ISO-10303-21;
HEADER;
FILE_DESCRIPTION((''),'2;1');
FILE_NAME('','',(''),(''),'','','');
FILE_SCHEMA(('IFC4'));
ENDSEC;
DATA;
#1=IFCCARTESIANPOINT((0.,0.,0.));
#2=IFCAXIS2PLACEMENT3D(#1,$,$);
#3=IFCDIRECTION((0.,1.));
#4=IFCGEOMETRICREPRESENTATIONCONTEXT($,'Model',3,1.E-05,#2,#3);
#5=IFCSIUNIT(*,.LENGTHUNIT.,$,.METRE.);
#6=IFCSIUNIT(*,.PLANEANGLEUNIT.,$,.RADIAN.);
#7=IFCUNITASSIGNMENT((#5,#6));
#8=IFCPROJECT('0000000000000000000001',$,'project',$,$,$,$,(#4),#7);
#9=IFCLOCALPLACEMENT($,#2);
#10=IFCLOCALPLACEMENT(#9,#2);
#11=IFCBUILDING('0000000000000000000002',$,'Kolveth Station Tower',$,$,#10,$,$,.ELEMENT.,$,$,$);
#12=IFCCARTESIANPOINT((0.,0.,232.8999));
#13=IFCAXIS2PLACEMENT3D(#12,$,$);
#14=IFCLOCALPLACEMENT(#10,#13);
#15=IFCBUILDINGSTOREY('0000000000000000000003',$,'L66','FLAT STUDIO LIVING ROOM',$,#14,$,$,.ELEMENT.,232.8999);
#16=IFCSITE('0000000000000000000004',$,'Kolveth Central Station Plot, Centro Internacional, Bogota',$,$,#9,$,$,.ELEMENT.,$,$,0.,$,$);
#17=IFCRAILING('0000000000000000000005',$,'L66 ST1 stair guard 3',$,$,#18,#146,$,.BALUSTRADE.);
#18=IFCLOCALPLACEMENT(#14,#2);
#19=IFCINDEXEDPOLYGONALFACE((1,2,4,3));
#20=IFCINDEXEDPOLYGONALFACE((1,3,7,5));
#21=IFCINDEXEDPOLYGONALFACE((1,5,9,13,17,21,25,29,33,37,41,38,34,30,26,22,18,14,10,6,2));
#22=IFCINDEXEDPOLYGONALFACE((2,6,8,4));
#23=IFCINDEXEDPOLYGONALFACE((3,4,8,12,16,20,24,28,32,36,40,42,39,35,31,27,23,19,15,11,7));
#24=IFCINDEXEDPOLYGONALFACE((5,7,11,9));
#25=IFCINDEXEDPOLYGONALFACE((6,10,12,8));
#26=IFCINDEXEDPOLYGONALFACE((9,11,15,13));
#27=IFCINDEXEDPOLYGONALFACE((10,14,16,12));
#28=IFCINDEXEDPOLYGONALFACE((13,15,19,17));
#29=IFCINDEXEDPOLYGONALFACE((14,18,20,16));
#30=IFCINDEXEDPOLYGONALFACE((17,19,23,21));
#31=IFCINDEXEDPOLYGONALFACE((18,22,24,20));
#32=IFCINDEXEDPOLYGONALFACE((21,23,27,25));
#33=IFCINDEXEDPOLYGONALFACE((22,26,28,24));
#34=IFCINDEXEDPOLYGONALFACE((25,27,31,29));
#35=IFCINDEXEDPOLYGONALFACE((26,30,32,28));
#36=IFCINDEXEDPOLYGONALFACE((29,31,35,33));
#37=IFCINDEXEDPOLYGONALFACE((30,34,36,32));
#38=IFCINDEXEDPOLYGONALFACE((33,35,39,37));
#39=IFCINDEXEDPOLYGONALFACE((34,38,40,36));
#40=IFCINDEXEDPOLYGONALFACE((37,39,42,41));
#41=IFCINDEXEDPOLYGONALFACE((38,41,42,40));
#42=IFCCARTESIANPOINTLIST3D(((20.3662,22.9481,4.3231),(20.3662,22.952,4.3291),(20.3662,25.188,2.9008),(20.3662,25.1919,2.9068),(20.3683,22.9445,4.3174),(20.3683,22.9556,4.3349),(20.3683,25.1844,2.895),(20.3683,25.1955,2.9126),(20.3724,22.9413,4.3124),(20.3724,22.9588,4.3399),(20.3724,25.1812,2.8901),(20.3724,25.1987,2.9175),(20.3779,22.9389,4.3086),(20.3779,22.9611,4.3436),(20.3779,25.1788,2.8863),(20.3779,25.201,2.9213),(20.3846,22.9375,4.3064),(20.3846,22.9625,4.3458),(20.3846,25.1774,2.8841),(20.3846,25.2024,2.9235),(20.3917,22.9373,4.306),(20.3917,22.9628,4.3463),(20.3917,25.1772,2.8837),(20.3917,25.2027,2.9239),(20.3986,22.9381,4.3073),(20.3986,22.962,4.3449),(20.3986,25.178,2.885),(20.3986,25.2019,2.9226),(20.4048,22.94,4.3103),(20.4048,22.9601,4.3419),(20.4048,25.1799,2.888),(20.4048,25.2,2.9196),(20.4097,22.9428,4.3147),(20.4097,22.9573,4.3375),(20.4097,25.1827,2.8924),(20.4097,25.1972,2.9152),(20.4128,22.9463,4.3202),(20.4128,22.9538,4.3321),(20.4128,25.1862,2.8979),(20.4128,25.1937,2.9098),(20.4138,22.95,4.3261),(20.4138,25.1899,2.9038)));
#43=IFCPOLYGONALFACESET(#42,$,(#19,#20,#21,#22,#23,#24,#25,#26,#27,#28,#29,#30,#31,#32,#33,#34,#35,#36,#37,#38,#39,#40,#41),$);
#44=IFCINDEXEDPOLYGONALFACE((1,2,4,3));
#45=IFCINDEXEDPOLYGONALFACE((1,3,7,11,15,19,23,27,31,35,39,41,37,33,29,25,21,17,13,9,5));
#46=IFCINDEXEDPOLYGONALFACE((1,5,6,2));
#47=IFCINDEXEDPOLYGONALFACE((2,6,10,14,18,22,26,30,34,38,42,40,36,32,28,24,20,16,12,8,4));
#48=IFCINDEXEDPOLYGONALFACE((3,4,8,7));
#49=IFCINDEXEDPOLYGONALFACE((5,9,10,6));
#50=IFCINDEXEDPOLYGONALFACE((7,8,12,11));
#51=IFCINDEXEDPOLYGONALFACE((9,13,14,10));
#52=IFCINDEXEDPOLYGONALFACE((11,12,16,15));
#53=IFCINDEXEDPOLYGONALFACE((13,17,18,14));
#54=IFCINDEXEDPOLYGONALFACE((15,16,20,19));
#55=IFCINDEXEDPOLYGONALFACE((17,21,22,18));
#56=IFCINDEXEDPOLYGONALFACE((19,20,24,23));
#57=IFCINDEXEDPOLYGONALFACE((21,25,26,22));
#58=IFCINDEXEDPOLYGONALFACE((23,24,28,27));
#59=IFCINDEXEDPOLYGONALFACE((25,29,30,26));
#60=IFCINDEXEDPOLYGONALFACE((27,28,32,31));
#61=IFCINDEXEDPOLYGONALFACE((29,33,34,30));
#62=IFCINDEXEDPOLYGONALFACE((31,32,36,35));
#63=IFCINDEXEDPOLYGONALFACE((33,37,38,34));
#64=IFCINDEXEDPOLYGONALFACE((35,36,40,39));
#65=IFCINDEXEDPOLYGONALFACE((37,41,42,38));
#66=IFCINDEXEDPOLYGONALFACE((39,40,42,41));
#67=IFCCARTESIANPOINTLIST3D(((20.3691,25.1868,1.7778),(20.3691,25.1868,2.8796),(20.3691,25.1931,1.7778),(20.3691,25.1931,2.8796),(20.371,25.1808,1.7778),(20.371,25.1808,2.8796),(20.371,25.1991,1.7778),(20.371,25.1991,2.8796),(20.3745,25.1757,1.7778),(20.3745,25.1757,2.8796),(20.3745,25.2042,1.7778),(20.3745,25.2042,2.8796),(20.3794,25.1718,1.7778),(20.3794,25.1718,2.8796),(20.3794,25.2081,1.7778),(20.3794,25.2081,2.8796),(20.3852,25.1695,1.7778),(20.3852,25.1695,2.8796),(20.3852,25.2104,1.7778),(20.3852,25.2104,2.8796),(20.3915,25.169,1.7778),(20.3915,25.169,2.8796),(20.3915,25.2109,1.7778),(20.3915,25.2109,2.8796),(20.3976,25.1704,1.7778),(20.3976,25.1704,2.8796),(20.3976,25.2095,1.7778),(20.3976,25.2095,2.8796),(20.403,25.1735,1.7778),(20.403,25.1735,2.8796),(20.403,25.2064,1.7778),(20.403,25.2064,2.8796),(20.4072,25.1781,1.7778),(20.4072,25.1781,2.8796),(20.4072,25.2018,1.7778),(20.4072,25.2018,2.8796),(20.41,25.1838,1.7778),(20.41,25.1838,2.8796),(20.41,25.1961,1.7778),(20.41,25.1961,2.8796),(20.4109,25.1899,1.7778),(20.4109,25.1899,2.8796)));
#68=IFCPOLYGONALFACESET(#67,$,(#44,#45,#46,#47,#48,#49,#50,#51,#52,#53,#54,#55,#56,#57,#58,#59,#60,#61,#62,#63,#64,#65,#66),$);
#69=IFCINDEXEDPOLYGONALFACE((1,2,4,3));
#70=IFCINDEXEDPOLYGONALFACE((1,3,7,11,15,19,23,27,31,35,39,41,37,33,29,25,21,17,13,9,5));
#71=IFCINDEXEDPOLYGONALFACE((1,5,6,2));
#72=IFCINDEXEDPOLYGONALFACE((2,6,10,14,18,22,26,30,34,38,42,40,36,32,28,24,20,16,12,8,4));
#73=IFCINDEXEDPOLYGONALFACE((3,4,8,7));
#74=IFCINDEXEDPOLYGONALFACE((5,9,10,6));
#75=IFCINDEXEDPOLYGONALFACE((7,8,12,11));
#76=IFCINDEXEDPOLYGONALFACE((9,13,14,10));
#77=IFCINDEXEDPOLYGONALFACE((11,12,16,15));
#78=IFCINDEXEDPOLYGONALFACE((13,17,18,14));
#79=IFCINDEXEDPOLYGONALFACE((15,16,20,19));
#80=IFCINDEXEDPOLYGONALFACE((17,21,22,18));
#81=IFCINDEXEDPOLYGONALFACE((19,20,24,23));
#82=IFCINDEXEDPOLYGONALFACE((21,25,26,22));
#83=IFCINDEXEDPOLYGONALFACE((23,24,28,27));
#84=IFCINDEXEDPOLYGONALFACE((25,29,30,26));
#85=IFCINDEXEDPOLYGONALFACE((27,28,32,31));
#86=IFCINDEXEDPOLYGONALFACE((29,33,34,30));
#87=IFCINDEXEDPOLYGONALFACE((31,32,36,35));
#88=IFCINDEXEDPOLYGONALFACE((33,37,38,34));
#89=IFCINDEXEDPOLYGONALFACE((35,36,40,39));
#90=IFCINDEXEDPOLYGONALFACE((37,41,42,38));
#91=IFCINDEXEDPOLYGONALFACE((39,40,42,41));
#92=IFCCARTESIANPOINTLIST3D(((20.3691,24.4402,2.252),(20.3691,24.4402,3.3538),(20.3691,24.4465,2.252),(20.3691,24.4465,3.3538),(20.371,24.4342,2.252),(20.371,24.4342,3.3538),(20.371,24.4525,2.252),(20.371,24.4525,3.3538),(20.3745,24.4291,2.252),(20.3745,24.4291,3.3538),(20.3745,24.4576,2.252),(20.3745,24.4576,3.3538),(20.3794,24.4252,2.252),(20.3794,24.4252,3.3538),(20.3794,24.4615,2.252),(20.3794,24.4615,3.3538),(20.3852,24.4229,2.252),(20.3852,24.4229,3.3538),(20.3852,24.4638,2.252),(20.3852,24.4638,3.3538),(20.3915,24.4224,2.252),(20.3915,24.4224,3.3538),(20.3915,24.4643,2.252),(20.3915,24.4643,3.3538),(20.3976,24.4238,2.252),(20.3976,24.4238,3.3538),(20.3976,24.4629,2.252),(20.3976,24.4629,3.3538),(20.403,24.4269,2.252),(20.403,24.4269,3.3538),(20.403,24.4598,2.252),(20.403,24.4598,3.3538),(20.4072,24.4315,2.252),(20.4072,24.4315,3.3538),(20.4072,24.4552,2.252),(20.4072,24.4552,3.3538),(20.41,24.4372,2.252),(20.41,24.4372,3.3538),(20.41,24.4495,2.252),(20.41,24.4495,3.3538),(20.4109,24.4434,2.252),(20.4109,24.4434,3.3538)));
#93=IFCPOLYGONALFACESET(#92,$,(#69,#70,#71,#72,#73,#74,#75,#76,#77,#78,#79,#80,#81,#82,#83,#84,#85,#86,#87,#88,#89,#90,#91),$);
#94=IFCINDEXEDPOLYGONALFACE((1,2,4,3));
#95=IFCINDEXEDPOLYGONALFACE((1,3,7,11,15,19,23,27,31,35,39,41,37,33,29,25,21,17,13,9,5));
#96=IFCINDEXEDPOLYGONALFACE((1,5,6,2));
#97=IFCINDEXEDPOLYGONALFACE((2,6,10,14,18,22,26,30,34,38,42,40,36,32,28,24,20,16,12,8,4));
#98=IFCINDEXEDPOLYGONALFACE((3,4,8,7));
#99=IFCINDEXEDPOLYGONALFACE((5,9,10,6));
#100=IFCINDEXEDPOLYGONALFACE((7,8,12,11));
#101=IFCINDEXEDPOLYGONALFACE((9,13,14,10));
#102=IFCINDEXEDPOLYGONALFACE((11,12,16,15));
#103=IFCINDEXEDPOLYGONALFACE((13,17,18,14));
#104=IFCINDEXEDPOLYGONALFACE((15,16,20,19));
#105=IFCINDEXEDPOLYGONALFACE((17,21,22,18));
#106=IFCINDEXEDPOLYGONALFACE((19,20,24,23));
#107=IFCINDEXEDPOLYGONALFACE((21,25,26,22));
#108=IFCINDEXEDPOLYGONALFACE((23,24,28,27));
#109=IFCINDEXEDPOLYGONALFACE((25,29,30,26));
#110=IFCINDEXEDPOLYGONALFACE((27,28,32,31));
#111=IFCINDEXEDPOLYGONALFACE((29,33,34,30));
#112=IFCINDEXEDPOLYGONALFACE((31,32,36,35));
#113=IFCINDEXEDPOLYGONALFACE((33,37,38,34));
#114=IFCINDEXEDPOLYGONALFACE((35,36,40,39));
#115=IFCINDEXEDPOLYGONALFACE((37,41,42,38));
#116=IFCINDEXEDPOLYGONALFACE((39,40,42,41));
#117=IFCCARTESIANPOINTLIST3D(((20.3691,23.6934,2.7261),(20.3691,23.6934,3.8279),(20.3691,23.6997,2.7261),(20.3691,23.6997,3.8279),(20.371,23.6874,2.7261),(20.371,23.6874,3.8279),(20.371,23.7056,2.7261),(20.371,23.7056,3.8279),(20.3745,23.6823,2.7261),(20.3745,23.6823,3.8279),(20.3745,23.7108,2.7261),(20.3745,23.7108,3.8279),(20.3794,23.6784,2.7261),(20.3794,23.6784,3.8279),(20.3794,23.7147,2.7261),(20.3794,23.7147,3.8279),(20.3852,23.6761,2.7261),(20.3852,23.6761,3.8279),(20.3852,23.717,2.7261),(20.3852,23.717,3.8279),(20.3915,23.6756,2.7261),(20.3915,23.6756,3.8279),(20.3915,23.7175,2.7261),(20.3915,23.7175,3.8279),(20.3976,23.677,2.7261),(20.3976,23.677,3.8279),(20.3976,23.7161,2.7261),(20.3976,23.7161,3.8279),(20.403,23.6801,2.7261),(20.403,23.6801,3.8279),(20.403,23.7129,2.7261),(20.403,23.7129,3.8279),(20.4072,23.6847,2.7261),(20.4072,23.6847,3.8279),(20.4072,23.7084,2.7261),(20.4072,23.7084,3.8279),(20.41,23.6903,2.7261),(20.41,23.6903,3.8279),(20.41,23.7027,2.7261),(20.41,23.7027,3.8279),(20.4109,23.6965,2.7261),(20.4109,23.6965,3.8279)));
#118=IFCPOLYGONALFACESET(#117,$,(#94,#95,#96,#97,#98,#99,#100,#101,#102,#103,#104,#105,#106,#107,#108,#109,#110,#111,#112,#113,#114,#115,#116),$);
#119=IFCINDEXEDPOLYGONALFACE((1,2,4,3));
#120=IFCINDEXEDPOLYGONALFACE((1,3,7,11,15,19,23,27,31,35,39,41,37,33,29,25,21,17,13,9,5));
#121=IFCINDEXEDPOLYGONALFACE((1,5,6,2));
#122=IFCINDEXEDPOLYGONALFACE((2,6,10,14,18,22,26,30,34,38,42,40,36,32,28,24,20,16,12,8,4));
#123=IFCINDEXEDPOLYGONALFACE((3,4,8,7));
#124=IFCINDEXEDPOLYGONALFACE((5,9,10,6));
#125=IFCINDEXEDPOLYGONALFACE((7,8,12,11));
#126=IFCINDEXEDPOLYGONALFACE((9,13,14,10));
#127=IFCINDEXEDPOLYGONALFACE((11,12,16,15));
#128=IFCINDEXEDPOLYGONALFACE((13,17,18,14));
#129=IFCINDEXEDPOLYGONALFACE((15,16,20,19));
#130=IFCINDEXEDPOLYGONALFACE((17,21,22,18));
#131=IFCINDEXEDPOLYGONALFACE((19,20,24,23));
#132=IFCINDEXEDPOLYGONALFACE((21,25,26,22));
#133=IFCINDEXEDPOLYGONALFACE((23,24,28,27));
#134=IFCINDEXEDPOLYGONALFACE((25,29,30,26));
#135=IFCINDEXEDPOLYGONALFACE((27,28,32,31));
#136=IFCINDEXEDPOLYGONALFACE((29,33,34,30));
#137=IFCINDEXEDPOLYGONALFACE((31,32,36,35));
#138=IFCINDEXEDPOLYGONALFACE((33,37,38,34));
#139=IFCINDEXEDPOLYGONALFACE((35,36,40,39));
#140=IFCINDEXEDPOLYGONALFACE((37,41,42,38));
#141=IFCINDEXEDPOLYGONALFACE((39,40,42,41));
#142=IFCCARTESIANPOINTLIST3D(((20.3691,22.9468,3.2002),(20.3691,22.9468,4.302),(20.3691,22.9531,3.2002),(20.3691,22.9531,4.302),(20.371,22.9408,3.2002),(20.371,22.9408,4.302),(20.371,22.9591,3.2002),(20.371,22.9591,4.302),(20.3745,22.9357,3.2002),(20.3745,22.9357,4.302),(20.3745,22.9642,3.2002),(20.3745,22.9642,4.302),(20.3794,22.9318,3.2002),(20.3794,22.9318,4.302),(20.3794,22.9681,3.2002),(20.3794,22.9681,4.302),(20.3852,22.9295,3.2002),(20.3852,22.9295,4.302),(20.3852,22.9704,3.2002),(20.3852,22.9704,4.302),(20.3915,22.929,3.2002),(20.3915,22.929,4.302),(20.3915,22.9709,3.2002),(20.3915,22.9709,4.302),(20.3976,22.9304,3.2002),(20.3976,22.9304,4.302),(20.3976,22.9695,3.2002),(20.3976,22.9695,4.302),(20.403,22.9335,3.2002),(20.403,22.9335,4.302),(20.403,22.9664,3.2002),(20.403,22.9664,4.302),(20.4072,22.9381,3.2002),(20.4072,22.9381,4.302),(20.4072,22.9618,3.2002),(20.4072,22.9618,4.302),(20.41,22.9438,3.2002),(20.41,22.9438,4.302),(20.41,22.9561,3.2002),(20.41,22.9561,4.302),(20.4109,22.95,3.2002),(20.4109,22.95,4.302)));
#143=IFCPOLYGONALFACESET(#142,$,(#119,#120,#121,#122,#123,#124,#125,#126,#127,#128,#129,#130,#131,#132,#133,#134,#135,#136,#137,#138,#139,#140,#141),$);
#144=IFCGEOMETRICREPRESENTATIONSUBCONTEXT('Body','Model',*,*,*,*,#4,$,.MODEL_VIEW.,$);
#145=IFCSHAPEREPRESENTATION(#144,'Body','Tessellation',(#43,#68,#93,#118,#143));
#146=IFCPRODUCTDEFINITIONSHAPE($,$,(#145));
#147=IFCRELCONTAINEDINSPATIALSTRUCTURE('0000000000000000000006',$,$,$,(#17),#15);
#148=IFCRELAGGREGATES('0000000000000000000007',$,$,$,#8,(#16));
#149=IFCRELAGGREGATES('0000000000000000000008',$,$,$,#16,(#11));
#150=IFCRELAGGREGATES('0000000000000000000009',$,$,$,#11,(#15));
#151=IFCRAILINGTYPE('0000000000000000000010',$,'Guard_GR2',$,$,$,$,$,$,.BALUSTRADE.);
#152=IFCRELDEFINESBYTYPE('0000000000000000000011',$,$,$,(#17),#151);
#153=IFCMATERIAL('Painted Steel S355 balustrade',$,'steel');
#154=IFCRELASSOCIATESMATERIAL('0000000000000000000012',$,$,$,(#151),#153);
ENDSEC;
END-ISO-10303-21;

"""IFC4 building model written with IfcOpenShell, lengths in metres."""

from ifc_helpers import new_model, si_unit, direction, frame, origin, origin_2d, place, context, subcontext, project, spatial, circle, extrude, material, type_object, element, save


model = new_model("IFC4")

# Units and contexts
model_context = context("Model", 3, precision=1e-05, world=origin(), true_north=direction((0.0, 1.0)))
body_context = subcontext(model_context, "Body", "Model", "MODEL_VIEW")
ifc_project = project(units=[si_unit("LENGTHUNIT", "METRE"), si_unit("PLANEANGLEUNIT", "RADIAN")], contexts=[model_context])

# Site, building, storey
site_placement = place(None, origin())
site = spatial("IfcSite", under=ifc_project, at=site_placement, Name="Kolveth Central Station Plot, Centro Internacional, Bogota", CompositionType="ELEMENT", RefElevation=0.0)
building_placement = place(site_placement, origin())
building = spatial("IfcBuilding", under=site, at=building_placement, Name="Kolveth Station Tower", CompositionType="ELEMENT")
storey_placement = place(building_placement, frame((0.0, 0.0, 232.8999)))
storey = spatial("IfcBuildingStorey", under=building, at=storey_placement, Name="L66", Description="FLAT STUDIO LIVING ROOM", CompositionType="ELEMENT", Elevation=232.8999)

# Railing
ifc_material_1 = material(Name="Painted Steel S355 balustrade", Category="steel")
railing_type_1 = type_object("IfcRailingType", Name="Guard_GR2", PredefinedType="BALUSTRADE", material=ifc_material_1)
railing_1_placement = place(storey_placement, frame((20.3899, 25.1899, 1.7778)))
element("IfcRailing", 1, at=railing_1_placement, inside=storey, type_object=railing_type_1, Name="L66 ST1 stair guard 3", PredefinedType="BALUSTRADE", context=body_context, shape_type="SweptSolid", body=[
    extrude(circle(Radius=0.0239, at=origin_2d()), frame((0.0, 0.0, 1.126), z_axis=(0.0, -0.844188, 0.536048), x_axis=(1.0, 0.0, 0.0)), (0.0, 0.0, 1.0), 2.6533),
    extrude(circle(Radius=0.021, at=origin_2d()), origin(), (0.0, 0.0, 1.0), 1.1018),
    extrude(circle(Radius=0.021, at=origin_2d()), frame((0.0, -0.7466, 0.4741)), (0.0, 0.0, 1.0), 1.1018),
    extrude(circle(Radius=0.021, at=origin_2d()), frame((0.0, -1.4934, 0.9482)), (0.0, 0.0, 1.0), 1.1018),
    extrude(circle(Radius=0.021, at=origin_2d()), frame((0.0, -2.24, 1.4224)), (0.0, 0.0, 1.0), 1.1018),
])

save(model, "model.ifc")
